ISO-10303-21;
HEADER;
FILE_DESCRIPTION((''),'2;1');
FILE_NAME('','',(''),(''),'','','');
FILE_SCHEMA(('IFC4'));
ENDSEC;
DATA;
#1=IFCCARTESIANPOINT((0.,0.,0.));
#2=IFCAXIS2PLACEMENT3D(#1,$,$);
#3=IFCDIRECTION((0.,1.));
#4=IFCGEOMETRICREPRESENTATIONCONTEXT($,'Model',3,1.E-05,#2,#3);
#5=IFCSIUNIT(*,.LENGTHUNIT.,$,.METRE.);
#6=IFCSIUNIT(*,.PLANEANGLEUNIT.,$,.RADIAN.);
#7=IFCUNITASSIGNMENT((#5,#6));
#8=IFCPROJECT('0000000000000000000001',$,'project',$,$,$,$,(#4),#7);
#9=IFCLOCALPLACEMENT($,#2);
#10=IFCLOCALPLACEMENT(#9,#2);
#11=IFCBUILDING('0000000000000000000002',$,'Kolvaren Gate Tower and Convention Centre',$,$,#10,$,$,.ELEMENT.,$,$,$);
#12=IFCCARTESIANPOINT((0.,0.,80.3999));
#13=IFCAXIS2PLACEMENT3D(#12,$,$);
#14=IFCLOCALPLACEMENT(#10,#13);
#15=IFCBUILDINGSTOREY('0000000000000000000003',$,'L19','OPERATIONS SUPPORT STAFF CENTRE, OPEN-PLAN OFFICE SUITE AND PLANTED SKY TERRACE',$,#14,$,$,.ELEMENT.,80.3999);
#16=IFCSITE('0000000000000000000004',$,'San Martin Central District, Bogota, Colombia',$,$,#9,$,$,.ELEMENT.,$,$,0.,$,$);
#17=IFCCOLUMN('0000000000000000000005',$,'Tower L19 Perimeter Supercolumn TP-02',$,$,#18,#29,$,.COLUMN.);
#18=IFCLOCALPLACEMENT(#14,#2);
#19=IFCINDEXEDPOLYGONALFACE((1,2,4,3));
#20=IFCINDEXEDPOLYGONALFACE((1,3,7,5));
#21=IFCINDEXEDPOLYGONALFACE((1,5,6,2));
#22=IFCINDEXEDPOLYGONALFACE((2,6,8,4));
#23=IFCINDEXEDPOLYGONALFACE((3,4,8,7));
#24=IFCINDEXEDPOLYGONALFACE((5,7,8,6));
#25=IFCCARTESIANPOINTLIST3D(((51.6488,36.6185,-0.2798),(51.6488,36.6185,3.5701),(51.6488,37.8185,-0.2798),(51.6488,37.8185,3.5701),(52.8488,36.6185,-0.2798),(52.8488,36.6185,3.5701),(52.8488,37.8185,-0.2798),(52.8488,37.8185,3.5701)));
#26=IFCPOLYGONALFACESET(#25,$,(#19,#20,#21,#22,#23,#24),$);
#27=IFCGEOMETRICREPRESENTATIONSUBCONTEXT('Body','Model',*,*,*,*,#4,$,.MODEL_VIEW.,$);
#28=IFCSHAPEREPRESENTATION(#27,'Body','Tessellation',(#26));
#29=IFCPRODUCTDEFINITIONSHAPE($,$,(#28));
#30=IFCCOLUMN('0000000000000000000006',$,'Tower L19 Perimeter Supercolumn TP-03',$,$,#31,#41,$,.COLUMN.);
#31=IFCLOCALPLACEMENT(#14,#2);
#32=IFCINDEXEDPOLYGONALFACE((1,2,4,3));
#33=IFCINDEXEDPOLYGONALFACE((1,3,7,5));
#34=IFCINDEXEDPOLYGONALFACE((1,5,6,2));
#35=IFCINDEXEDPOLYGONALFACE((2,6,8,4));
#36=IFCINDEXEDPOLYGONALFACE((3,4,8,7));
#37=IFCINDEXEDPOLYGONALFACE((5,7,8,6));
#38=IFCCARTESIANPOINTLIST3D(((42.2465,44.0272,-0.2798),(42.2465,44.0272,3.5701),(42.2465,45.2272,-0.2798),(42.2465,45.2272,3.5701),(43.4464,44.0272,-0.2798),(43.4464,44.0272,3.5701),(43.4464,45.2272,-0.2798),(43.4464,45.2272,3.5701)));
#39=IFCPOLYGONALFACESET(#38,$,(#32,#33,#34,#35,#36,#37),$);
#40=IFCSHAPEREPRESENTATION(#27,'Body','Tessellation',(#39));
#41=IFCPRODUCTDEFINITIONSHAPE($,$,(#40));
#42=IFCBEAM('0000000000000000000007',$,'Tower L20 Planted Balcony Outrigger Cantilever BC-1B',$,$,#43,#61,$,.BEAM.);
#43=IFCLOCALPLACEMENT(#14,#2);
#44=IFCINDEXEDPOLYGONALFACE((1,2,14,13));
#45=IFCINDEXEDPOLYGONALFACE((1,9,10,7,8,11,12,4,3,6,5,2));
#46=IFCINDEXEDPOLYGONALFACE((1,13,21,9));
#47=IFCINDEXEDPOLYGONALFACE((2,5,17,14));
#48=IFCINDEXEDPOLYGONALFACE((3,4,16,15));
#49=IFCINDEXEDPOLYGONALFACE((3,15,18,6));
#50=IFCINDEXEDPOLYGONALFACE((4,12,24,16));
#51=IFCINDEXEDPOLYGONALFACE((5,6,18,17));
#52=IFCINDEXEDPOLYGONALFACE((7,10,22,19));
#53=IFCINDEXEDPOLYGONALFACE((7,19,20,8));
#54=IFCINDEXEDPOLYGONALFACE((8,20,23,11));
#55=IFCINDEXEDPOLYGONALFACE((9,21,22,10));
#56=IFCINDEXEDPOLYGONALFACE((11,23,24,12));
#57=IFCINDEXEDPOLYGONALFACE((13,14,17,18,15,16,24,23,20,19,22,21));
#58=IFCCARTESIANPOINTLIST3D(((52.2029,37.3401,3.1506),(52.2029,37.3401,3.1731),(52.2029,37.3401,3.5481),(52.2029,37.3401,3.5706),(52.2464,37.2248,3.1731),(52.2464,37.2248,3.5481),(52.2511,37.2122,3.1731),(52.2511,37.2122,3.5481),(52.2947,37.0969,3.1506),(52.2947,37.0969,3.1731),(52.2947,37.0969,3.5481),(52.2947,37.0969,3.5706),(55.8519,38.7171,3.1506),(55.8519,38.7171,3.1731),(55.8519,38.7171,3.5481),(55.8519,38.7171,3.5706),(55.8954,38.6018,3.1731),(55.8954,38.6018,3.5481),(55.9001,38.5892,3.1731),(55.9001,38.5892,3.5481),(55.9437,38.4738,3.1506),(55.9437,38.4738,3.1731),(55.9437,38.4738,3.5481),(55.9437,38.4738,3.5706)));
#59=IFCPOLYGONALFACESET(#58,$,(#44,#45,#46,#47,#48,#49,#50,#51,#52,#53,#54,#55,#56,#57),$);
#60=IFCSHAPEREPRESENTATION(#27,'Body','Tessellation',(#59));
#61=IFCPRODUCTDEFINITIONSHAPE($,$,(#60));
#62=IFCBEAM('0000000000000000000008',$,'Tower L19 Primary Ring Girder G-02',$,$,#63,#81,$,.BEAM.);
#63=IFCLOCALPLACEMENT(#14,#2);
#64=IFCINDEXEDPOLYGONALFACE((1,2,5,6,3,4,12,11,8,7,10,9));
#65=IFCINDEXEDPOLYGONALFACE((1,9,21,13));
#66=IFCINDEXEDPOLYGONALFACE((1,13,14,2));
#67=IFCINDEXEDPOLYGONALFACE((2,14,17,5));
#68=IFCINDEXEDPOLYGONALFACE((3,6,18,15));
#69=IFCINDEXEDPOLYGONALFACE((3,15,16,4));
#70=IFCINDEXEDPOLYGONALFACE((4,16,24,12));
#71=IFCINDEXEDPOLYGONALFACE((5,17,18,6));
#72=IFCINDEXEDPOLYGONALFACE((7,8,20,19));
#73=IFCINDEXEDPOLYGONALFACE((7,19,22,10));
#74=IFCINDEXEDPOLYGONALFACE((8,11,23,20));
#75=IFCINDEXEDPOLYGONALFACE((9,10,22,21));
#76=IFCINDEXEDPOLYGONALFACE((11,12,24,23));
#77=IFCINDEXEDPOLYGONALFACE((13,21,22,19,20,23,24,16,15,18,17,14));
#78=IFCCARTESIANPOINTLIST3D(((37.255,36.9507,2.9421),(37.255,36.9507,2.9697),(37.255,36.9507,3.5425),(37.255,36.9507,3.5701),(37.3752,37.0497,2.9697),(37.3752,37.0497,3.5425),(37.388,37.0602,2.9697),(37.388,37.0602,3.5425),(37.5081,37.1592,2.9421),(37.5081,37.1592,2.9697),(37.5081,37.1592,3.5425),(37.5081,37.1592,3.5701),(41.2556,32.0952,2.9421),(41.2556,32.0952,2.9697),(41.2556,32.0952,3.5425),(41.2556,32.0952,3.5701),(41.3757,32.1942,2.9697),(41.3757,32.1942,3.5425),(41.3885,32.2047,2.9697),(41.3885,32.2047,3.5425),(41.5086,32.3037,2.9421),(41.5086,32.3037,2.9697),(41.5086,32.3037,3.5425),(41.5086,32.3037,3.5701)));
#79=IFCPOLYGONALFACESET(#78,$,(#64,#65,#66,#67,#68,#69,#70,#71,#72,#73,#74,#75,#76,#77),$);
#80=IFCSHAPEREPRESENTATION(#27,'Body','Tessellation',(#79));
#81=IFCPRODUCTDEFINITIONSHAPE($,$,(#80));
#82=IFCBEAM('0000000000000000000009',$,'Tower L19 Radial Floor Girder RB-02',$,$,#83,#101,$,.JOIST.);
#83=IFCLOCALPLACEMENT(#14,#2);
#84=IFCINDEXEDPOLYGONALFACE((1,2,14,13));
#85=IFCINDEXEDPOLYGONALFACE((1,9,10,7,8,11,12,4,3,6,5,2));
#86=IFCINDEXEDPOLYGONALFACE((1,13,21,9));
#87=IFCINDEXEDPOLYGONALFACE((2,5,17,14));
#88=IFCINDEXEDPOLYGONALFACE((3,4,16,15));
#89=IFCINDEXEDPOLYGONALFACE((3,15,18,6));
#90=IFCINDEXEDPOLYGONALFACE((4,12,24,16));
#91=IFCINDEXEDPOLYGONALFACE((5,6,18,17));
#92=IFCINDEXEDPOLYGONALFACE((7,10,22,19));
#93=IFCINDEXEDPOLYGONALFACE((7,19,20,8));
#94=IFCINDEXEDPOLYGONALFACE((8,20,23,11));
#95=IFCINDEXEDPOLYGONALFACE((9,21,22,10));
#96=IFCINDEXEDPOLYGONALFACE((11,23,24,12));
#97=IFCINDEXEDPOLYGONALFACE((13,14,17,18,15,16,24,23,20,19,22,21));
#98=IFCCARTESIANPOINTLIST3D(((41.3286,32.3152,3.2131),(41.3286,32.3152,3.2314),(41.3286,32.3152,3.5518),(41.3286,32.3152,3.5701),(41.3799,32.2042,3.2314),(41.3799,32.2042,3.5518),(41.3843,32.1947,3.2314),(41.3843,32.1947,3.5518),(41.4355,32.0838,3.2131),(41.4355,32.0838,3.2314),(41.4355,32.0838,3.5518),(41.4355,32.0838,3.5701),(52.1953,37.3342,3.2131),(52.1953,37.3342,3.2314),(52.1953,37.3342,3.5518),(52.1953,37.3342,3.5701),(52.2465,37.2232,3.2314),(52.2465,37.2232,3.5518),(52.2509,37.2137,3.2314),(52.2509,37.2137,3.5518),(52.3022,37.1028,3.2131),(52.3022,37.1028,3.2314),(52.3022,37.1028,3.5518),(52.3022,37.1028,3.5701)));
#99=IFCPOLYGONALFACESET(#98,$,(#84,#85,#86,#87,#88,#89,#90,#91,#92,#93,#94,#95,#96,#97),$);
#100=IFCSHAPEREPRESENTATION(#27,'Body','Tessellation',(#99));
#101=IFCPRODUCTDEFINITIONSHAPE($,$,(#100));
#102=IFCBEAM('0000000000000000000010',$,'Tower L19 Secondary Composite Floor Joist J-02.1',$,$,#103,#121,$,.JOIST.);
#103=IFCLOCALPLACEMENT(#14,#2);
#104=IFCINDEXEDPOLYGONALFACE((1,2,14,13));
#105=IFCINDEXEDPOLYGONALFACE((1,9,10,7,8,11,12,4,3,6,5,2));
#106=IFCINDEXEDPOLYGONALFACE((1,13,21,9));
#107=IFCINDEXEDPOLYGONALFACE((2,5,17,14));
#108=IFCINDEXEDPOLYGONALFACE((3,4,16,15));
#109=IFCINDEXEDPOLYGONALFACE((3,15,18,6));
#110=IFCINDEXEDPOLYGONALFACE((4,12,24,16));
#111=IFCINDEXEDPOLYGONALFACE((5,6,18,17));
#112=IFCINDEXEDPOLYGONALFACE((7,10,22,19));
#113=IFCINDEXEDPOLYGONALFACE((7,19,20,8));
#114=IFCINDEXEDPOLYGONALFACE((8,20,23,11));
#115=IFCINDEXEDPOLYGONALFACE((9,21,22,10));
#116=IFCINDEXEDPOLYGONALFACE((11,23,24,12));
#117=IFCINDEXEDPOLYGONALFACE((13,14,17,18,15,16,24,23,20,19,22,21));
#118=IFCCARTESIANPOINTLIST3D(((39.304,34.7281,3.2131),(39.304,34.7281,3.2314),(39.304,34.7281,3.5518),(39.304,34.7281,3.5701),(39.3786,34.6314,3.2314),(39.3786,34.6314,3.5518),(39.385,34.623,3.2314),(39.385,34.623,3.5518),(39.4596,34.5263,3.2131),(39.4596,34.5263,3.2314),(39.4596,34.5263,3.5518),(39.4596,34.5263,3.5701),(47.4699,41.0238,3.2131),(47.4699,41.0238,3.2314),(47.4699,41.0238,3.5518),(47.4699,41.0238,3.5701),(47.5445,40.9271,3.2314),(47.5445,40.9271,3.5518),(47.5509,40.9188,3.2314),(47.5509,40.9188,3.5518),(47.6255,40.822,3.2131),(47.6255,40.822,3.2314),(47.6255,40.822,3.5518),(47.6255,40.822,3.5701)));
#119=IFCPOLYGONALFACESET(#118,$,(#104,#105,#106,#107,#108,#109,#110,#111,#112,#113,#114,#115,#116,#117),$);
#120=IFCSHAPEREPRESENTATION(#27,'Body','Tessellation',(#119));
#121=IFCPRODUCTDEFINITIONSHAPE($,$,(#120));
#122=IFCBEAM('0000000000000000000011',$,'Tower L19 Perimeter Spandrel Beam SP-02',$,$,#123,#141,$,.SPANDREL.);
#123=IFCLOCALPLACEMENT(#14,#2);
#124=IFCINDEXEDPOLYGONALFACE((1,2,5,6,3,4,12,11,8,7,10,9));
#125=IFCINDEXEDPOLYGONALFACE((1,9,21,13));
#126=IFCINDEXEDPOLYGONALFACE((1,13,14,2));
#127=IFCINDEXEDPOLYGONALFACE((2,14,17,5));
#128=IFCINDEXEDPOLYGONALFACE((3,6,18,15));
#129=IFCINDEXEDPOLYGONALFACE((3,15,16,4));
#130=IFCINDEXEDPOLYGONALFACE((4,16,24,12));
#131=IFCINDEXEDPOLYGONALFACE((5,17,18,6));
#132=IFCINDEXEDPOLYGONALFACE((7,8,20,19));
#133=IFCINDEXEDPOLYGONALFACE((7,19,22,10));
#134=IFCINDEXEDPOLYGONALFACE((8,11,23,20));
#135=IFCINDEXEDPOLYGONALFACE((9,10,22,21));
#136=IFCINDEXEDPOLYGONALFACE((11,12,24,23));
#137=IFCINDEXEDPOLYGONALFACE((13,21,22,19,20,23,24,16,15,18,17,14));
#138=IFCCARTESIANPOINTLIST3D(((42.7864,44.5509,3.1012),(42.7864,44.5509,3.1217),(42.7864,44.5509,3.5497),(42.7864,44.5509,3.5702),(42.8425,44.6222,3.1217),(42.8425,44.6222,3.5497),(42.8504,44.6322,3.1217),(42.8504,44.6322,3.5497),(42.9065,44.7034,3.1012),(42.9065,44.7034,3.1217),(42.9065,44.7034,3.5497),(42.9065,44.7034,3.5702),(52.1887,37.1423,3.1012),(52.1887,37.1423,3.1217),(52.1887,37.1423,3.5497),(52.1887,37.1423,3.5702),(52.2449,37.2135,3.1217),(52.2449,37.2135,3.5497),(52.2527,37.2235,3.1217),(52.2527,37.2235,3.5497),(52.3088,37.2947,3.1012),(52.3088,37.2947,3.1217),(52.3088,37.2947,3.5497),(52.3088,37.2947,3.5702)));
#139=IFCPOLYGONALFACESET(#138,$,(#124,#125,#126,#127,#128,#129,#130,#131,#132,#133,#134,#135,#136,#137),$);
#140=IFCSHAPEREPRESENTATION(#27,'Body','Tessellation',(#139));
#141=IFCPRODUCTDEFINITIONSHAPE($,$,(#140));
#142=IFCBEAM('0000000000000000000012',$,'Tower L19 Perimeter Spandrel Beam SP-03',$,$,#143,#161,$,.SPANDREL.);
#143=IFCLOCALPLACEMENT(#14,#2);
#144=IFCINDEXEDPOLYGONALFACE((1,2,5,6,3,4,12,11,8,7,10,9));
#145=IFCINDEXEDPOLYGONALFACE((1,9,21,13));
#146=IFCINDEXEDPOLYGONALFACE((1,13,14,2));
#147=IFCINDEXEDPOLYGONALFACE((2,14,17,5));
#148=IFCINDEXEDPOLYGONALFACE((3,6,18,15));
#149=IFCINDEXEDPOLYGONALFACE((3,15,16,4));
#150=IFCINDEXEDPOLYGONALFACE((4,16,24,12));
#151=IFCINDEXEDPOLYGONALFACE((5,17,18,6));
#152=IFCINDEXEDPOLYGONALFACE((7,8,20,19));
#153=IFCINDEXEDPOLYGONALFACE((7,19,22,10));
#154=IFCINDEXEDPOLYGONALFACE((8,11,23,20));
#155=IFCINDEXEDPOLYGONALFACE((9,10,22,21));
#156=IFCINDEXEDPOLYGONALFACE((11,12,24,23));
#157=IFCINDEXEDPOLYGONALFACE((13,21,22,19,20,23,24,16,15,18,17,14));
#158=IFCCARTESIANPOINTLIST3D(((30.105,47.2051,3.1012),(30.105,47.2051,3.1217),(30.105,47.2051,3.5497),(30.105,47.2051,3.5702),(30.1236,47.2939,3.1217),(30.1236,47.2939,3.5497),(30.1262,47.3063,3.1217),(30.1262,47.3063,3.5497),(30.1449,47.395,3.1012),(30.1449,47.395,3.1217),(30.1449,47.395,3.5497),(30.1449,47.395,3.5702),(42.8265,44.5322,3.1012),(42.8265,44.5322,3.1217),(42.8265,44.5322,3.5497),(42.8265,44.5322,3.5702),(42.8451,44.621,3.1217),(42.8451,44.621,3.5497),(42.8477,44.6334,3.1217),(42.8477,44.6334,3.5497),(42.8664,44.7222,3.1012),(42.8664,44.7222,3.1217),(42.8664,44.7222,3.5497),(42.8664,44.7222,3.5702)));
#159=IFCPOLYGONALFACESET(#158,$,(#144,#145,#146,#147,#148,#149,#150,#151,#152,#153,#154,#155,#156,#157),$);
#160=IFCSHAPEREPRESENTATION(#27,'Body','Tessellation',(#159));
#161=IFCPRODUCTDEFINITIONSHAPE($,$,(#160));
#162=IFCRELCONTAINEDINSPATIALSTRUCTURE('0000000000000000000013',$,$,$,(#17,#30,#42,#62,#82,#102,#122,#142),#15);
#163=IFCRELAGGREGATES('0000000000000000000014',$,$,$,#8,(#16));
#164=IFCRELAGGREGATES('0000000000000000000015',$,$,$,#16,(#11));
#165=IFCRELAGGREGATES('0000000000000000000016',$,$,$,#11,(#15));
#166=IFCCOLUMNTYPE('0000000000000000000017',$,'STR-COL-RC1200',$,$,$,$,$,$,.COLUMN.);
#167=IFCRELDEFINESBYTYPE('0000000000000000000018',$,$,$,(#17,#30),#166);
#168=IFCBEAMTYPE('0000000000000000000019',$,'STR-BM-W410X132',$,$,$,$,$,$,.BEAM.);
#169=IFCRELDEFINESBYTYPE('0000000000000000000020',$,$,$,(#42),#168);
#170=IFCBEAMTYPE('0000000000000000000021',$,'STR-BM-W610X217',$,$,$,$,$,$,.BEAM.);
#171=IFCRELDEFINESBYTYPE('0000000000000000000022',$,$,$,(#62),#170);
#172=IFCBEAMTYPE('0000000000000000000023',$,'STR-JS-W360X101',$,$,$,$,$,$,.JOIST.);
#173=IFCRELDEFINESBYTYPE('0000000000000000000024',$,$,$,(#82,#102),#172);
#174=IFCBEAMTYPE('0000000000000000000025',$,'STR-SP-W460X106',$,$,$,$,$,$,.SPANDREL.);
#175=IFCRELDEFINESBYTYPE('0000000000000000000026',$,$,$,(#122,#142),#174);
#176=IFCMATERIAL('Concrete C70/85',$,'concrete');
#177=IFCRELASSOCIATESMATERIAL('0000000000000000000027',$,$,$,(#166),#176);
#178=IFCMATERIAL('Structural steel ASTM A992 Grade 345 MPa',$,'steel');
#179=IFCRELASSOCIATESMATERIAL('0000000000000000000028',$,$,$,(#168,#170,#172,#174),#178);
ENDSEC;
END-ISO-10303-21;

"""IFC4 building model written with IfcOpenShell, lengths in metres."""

from ifc_helpers import new_model, si_unit, direction, frame, origin, origin_2d, place, context, subcontext, project, spatial, rectangle, i_section, extrude, material, material_profile, profile_set, type_object, element, save


model = new_model("IFC4")

# Units and contexts
model_context = context("Model", 3, precision=1e-05, world=origin(), true_north=direction((0.0, 1.0)))
body_context = subcontext(model_context, "Body", "Model", "MODEL_VIEW")
ifc_project = project(units=[si_unit("LENGTHUNIT", "METRE"), si_unit("PLANEANGLEUNIT", "RADIAN")], contexts=[model_context])

# Site, building, storey
site_placement = place(None, origin())
site = spatial("IfcSite", under=ifc_project, at=site_placement, Name="San Martin Central District, Bogota, Colombia", CompositionType="ELEMENT", RefElevation=0.0)
building_placement = place(site_placement, origin())
building = spatial("IfcBuilding", under=site, at=building_placement, Name="Kolvaren Gate Tower and Convention Centre", CompositionType="ELEMENT")
storey_placement = place(building_placement, frame((0.0, 0.0, 80.3999)))
storey = spatial("IfcBuildingStorey", under=building, at=storey_placement, Name="L19", Description="OPERATIONS SUPPORT STAFF CENTRE, OPEN-PLAN OFFICE SUITE AND PLANTED SKY TERRACE", CompositionType="ELEMENT", Elevation=80.3999)

# Columns
ifc_material_1 = material(Name="Concrete C70/85", Category="concrete")
ifc_material_profile_1 = material_profile(ifc_material_1, rectangle(XDim=1.2, YDim=1.2, at=origin_2d()), Name="RC-COL-1200X1200")
ifc_profile_set_1 = profile_set([ifc_material_profile_1], Name="Concrete C70/85")
column_type = type_object("IfcColumnType", Name="STR-COL-RC1200", PredefinedType="COLUMN", material=ifc_profile_set_1)
for number, where, z_axis, x_axis, name in (
    (1, (52.2488, 37.2185, -0.2798), (0.0, 0.0, 1.0), (1.0, 0.0, 0.0), "Tower L19 Perimeter Supercolumn TP-02"),
    (2, (42.8464, 44.6272, -0.2798), (0.0, 0.0, 1.0), (1.0, 0.0, 0.0), "Tower L19 Perimeter Supercolumn TP-03"),
):
    element("IfcColumn", number, at=place(storey_placement, frame(where, z_axis=z_axis, x_axis=x_axis)), inside=storey, type_object=column_type, Name=name, PredefinedType="COLUMN", context=body_context, shape_type="SweptSolid", body=[
        extrude(rectangle(XDim=1.2, YDim=1.2, at=origin_2d()), origin(), (0.0, 0.0, 1.0), 3.8499),
    ])

# Beams
ifc_material_2 = material(Name="Structural steel ASTM A992 Grade 345 MPa", Category="steel")
ifc_material_profile_2 = material_profile(ifc_material_2, i_section(OverallWidth=0.26, OverallDepth=0.4199, WebThickness=0.0134, FlangeThickness=0.0225, at=origin_2d()), Name="W410X132")
ifc_profile_set_2 = profile_set([ifc_material_profile_2], Name="Structural steel ASTM A992 Grade 345 MPa")
beam_type_1 = type_object("IfcBeamType", Name="STR-BM-W410X132", PredefinedType="BEAM", material=ifc_profile_set_2)
beam_1_placement = place(storey_placement, frame((52.2488, 37.2185, 3.3606), z_axis=(0.935602, 0.353057, 0.0), x_axis=(-0.353057, 0.935602, 0.0)))
element("IfcBeam", 3, at=beam_1_placement, inside=storey, type_object=beam_type_1, Name="Tower L20 Planted Balcony Outrigger Cantilever BC-1B", PredefinedType="BEAM", context=body_context, shape_type="SweptSolid", body=[
    extrude(i_section(OverallWidth=0.26, OverallDepth=0.4199, WebThickness=0.0134, FlangeThickness=0.0225, at=origin_2d()), origin(), (0.0, 0.0, 1.0), 3.9001),
])
ifc_material_profile_3 = material_profile(ifc_material_2, i_section(OverallWidth=0.3279, OverallDepth=0.6279, WebThickness=0.0166, FlangeThickness=0.0276, at=origin_2d()), Name="W610X217")
ifc_profile_set_3 = profile_set([ifc_material_profile_3], Name="Structural steel ASTM A992 Grade 345 MPa")
beam_type_2 = type_object("IfcBeamType", Name="STR-BM-W610X217", PredefinedType="BEAM", material=ifc_profile_set_3)
beam_2_placement = place(storey_placement, frame((41.3821, 32.1995, 3.2561), z_axis=(-0.635884, 0.771785, 0.0), x_axis=(-0.771785, -0.635884, 0.0)))
element("IfcBeam", 4, at=beam_2_placement, inside=storey, type_object=beam_type_2, Name="Tower L19 Primary Ring Girder G-02", PredefinedType="BEAM", context=body_context, shape_type="SweptSolid", body=[
    extrude(i_section(OverallWidth=0.3279, OverallDepth=0.6279, WebThickness=0.0166, FlangeThickness=0.0276, at=origin_2d()), origin(), (0.0, 0.0, 1.0), 6.2913),
])
ifc_material_profile_4 = material_profile(ifc_material_2, i_section(OverallWidth=0.2549, OverallDepth=0.3569, WebThickness=0.0105, FlangeThickness=0.0183, at=origin_2d()), Name="W360X101")
ifc_profile_set_4 = profile_set([ifc_material_profile_4], Name="Structural steel ASTM A992 Grade 345 MPa")
beam_type_3 = type_object("IfcBeamType", Name="STR-JS-W360X101", PredefinedType="JOIST", material=ifc_profile_set_4)
beam_3_placement = place(storey_placement, frame((41.3821, 32.1995, 3.3916), z_axis=(0.907844, 0.419309, 0.0), x_axis=(-0.419309, 0.907844, 0.0)))
element("IfcBeam", 5, at=beam_3_placement, inside=storey, type_object=beam_type_3, Name="Tower L19 Radial Floor Girder RB-02", PredefinedType="JOIST", context=body_context, shape_type="SweptSolid", body=[
    extrude(i_section(OverallWidth=0.2549, OverallDepth=0.3569, WebThickness=0.0105, FlangeThickness=0.0183, at=origin_2d()), origin(), (0.0, 0.0, 1.0), 11.9697),
])
beam_4_placement = place(storey_placement, frame((39.3818, 34.6272, 3.3916), z_axis=(0.791954, 0.610581, 0.0), x_axis=(-0.610581, 0.791954, 0.0)))
element("IfcBeam", 6, at=beam_4_placement, inside=storey, type_object=beam_type_3, Name="Tower L19 Secondary Composite Floor Joist J-02.1", PredefinedType="JOIST", context=body_context, shape_type="SweptSolid", body=[
    extrude(i_section(OverallWidth=0.2549, OverallDepth=0.3569, WebThickness=0.0105, FlangeThickness=0.0183, at=origin_2d()), origin(), (0.0, 0.0, 1.0), 10.311),
])
ifc_material_profile_5 = material_profile(ifc_material_2, i_section(OverallWidth=0.1941, OverallDepth=0.469, WebThickness=0.0127, FlangeThickness=0.0205, at=origin_2d()), Name="W460X106")
ifc_profile_set_5 = profile_set([ifc_material_profile_5], Name="Structural steel ASTM A992 Grade 345 MPa")
beam_type_4 = type_object("IfcBeamType", Name="STR-SP-W460X106", PredefinedType="SPANDREL", material=ifc_profile_set_5)
beam_5_placement = place(storey_placement, frame((52.2488, 37.2185, 3.3357), z_axis=(-0.78546, 0.618913, 0.0), x_axis=(-0.618913, -0.78546, 0.0)))
element("IfcBeam", 7, at=beam_5_placement, inside=storey, type_object=beam_type_4, Name="Tower L19 Perimeter Spandrel Beam SP-02", PredefinedType="SPANDREL", context=body_context, shape_type="SweptSolid", body=[
    extrude(i_section(OverallWidth=0.1941, OverallDepth=0.469, WebThickness=0.0127, FlangeThickness=0.0205, at=origin_2d()), origin(), (0.0, 0.0, 1.0), 11.9705),
])
beam_6_placement = place(storey_placement, frame((42.8464, 44.6272, 3.3357), z_axis=(-0.978633, 0.205617, 0.0), x_axis=(-0.205617, -0.978633, 0.0)))
element("IfcBeam", 8, at=beam_6_placement, inside=storey, type_object=beam_type_4, Name="Tower L19 Perimeter Spandrel Beam SP-03", PredefinedType="SPANDREL", context=body_context, shape_type="SweptSolid", body=[
    extrude(i_section(OverallWidth=0.1941, OverallDepth=0.469, WebThickness=0.0127, FlangeThickness=0.0205, at=origin_2d()), origin(), (0.0, 0.0, 1.0), 12.9993),
])

save(model, "model.ifc")
